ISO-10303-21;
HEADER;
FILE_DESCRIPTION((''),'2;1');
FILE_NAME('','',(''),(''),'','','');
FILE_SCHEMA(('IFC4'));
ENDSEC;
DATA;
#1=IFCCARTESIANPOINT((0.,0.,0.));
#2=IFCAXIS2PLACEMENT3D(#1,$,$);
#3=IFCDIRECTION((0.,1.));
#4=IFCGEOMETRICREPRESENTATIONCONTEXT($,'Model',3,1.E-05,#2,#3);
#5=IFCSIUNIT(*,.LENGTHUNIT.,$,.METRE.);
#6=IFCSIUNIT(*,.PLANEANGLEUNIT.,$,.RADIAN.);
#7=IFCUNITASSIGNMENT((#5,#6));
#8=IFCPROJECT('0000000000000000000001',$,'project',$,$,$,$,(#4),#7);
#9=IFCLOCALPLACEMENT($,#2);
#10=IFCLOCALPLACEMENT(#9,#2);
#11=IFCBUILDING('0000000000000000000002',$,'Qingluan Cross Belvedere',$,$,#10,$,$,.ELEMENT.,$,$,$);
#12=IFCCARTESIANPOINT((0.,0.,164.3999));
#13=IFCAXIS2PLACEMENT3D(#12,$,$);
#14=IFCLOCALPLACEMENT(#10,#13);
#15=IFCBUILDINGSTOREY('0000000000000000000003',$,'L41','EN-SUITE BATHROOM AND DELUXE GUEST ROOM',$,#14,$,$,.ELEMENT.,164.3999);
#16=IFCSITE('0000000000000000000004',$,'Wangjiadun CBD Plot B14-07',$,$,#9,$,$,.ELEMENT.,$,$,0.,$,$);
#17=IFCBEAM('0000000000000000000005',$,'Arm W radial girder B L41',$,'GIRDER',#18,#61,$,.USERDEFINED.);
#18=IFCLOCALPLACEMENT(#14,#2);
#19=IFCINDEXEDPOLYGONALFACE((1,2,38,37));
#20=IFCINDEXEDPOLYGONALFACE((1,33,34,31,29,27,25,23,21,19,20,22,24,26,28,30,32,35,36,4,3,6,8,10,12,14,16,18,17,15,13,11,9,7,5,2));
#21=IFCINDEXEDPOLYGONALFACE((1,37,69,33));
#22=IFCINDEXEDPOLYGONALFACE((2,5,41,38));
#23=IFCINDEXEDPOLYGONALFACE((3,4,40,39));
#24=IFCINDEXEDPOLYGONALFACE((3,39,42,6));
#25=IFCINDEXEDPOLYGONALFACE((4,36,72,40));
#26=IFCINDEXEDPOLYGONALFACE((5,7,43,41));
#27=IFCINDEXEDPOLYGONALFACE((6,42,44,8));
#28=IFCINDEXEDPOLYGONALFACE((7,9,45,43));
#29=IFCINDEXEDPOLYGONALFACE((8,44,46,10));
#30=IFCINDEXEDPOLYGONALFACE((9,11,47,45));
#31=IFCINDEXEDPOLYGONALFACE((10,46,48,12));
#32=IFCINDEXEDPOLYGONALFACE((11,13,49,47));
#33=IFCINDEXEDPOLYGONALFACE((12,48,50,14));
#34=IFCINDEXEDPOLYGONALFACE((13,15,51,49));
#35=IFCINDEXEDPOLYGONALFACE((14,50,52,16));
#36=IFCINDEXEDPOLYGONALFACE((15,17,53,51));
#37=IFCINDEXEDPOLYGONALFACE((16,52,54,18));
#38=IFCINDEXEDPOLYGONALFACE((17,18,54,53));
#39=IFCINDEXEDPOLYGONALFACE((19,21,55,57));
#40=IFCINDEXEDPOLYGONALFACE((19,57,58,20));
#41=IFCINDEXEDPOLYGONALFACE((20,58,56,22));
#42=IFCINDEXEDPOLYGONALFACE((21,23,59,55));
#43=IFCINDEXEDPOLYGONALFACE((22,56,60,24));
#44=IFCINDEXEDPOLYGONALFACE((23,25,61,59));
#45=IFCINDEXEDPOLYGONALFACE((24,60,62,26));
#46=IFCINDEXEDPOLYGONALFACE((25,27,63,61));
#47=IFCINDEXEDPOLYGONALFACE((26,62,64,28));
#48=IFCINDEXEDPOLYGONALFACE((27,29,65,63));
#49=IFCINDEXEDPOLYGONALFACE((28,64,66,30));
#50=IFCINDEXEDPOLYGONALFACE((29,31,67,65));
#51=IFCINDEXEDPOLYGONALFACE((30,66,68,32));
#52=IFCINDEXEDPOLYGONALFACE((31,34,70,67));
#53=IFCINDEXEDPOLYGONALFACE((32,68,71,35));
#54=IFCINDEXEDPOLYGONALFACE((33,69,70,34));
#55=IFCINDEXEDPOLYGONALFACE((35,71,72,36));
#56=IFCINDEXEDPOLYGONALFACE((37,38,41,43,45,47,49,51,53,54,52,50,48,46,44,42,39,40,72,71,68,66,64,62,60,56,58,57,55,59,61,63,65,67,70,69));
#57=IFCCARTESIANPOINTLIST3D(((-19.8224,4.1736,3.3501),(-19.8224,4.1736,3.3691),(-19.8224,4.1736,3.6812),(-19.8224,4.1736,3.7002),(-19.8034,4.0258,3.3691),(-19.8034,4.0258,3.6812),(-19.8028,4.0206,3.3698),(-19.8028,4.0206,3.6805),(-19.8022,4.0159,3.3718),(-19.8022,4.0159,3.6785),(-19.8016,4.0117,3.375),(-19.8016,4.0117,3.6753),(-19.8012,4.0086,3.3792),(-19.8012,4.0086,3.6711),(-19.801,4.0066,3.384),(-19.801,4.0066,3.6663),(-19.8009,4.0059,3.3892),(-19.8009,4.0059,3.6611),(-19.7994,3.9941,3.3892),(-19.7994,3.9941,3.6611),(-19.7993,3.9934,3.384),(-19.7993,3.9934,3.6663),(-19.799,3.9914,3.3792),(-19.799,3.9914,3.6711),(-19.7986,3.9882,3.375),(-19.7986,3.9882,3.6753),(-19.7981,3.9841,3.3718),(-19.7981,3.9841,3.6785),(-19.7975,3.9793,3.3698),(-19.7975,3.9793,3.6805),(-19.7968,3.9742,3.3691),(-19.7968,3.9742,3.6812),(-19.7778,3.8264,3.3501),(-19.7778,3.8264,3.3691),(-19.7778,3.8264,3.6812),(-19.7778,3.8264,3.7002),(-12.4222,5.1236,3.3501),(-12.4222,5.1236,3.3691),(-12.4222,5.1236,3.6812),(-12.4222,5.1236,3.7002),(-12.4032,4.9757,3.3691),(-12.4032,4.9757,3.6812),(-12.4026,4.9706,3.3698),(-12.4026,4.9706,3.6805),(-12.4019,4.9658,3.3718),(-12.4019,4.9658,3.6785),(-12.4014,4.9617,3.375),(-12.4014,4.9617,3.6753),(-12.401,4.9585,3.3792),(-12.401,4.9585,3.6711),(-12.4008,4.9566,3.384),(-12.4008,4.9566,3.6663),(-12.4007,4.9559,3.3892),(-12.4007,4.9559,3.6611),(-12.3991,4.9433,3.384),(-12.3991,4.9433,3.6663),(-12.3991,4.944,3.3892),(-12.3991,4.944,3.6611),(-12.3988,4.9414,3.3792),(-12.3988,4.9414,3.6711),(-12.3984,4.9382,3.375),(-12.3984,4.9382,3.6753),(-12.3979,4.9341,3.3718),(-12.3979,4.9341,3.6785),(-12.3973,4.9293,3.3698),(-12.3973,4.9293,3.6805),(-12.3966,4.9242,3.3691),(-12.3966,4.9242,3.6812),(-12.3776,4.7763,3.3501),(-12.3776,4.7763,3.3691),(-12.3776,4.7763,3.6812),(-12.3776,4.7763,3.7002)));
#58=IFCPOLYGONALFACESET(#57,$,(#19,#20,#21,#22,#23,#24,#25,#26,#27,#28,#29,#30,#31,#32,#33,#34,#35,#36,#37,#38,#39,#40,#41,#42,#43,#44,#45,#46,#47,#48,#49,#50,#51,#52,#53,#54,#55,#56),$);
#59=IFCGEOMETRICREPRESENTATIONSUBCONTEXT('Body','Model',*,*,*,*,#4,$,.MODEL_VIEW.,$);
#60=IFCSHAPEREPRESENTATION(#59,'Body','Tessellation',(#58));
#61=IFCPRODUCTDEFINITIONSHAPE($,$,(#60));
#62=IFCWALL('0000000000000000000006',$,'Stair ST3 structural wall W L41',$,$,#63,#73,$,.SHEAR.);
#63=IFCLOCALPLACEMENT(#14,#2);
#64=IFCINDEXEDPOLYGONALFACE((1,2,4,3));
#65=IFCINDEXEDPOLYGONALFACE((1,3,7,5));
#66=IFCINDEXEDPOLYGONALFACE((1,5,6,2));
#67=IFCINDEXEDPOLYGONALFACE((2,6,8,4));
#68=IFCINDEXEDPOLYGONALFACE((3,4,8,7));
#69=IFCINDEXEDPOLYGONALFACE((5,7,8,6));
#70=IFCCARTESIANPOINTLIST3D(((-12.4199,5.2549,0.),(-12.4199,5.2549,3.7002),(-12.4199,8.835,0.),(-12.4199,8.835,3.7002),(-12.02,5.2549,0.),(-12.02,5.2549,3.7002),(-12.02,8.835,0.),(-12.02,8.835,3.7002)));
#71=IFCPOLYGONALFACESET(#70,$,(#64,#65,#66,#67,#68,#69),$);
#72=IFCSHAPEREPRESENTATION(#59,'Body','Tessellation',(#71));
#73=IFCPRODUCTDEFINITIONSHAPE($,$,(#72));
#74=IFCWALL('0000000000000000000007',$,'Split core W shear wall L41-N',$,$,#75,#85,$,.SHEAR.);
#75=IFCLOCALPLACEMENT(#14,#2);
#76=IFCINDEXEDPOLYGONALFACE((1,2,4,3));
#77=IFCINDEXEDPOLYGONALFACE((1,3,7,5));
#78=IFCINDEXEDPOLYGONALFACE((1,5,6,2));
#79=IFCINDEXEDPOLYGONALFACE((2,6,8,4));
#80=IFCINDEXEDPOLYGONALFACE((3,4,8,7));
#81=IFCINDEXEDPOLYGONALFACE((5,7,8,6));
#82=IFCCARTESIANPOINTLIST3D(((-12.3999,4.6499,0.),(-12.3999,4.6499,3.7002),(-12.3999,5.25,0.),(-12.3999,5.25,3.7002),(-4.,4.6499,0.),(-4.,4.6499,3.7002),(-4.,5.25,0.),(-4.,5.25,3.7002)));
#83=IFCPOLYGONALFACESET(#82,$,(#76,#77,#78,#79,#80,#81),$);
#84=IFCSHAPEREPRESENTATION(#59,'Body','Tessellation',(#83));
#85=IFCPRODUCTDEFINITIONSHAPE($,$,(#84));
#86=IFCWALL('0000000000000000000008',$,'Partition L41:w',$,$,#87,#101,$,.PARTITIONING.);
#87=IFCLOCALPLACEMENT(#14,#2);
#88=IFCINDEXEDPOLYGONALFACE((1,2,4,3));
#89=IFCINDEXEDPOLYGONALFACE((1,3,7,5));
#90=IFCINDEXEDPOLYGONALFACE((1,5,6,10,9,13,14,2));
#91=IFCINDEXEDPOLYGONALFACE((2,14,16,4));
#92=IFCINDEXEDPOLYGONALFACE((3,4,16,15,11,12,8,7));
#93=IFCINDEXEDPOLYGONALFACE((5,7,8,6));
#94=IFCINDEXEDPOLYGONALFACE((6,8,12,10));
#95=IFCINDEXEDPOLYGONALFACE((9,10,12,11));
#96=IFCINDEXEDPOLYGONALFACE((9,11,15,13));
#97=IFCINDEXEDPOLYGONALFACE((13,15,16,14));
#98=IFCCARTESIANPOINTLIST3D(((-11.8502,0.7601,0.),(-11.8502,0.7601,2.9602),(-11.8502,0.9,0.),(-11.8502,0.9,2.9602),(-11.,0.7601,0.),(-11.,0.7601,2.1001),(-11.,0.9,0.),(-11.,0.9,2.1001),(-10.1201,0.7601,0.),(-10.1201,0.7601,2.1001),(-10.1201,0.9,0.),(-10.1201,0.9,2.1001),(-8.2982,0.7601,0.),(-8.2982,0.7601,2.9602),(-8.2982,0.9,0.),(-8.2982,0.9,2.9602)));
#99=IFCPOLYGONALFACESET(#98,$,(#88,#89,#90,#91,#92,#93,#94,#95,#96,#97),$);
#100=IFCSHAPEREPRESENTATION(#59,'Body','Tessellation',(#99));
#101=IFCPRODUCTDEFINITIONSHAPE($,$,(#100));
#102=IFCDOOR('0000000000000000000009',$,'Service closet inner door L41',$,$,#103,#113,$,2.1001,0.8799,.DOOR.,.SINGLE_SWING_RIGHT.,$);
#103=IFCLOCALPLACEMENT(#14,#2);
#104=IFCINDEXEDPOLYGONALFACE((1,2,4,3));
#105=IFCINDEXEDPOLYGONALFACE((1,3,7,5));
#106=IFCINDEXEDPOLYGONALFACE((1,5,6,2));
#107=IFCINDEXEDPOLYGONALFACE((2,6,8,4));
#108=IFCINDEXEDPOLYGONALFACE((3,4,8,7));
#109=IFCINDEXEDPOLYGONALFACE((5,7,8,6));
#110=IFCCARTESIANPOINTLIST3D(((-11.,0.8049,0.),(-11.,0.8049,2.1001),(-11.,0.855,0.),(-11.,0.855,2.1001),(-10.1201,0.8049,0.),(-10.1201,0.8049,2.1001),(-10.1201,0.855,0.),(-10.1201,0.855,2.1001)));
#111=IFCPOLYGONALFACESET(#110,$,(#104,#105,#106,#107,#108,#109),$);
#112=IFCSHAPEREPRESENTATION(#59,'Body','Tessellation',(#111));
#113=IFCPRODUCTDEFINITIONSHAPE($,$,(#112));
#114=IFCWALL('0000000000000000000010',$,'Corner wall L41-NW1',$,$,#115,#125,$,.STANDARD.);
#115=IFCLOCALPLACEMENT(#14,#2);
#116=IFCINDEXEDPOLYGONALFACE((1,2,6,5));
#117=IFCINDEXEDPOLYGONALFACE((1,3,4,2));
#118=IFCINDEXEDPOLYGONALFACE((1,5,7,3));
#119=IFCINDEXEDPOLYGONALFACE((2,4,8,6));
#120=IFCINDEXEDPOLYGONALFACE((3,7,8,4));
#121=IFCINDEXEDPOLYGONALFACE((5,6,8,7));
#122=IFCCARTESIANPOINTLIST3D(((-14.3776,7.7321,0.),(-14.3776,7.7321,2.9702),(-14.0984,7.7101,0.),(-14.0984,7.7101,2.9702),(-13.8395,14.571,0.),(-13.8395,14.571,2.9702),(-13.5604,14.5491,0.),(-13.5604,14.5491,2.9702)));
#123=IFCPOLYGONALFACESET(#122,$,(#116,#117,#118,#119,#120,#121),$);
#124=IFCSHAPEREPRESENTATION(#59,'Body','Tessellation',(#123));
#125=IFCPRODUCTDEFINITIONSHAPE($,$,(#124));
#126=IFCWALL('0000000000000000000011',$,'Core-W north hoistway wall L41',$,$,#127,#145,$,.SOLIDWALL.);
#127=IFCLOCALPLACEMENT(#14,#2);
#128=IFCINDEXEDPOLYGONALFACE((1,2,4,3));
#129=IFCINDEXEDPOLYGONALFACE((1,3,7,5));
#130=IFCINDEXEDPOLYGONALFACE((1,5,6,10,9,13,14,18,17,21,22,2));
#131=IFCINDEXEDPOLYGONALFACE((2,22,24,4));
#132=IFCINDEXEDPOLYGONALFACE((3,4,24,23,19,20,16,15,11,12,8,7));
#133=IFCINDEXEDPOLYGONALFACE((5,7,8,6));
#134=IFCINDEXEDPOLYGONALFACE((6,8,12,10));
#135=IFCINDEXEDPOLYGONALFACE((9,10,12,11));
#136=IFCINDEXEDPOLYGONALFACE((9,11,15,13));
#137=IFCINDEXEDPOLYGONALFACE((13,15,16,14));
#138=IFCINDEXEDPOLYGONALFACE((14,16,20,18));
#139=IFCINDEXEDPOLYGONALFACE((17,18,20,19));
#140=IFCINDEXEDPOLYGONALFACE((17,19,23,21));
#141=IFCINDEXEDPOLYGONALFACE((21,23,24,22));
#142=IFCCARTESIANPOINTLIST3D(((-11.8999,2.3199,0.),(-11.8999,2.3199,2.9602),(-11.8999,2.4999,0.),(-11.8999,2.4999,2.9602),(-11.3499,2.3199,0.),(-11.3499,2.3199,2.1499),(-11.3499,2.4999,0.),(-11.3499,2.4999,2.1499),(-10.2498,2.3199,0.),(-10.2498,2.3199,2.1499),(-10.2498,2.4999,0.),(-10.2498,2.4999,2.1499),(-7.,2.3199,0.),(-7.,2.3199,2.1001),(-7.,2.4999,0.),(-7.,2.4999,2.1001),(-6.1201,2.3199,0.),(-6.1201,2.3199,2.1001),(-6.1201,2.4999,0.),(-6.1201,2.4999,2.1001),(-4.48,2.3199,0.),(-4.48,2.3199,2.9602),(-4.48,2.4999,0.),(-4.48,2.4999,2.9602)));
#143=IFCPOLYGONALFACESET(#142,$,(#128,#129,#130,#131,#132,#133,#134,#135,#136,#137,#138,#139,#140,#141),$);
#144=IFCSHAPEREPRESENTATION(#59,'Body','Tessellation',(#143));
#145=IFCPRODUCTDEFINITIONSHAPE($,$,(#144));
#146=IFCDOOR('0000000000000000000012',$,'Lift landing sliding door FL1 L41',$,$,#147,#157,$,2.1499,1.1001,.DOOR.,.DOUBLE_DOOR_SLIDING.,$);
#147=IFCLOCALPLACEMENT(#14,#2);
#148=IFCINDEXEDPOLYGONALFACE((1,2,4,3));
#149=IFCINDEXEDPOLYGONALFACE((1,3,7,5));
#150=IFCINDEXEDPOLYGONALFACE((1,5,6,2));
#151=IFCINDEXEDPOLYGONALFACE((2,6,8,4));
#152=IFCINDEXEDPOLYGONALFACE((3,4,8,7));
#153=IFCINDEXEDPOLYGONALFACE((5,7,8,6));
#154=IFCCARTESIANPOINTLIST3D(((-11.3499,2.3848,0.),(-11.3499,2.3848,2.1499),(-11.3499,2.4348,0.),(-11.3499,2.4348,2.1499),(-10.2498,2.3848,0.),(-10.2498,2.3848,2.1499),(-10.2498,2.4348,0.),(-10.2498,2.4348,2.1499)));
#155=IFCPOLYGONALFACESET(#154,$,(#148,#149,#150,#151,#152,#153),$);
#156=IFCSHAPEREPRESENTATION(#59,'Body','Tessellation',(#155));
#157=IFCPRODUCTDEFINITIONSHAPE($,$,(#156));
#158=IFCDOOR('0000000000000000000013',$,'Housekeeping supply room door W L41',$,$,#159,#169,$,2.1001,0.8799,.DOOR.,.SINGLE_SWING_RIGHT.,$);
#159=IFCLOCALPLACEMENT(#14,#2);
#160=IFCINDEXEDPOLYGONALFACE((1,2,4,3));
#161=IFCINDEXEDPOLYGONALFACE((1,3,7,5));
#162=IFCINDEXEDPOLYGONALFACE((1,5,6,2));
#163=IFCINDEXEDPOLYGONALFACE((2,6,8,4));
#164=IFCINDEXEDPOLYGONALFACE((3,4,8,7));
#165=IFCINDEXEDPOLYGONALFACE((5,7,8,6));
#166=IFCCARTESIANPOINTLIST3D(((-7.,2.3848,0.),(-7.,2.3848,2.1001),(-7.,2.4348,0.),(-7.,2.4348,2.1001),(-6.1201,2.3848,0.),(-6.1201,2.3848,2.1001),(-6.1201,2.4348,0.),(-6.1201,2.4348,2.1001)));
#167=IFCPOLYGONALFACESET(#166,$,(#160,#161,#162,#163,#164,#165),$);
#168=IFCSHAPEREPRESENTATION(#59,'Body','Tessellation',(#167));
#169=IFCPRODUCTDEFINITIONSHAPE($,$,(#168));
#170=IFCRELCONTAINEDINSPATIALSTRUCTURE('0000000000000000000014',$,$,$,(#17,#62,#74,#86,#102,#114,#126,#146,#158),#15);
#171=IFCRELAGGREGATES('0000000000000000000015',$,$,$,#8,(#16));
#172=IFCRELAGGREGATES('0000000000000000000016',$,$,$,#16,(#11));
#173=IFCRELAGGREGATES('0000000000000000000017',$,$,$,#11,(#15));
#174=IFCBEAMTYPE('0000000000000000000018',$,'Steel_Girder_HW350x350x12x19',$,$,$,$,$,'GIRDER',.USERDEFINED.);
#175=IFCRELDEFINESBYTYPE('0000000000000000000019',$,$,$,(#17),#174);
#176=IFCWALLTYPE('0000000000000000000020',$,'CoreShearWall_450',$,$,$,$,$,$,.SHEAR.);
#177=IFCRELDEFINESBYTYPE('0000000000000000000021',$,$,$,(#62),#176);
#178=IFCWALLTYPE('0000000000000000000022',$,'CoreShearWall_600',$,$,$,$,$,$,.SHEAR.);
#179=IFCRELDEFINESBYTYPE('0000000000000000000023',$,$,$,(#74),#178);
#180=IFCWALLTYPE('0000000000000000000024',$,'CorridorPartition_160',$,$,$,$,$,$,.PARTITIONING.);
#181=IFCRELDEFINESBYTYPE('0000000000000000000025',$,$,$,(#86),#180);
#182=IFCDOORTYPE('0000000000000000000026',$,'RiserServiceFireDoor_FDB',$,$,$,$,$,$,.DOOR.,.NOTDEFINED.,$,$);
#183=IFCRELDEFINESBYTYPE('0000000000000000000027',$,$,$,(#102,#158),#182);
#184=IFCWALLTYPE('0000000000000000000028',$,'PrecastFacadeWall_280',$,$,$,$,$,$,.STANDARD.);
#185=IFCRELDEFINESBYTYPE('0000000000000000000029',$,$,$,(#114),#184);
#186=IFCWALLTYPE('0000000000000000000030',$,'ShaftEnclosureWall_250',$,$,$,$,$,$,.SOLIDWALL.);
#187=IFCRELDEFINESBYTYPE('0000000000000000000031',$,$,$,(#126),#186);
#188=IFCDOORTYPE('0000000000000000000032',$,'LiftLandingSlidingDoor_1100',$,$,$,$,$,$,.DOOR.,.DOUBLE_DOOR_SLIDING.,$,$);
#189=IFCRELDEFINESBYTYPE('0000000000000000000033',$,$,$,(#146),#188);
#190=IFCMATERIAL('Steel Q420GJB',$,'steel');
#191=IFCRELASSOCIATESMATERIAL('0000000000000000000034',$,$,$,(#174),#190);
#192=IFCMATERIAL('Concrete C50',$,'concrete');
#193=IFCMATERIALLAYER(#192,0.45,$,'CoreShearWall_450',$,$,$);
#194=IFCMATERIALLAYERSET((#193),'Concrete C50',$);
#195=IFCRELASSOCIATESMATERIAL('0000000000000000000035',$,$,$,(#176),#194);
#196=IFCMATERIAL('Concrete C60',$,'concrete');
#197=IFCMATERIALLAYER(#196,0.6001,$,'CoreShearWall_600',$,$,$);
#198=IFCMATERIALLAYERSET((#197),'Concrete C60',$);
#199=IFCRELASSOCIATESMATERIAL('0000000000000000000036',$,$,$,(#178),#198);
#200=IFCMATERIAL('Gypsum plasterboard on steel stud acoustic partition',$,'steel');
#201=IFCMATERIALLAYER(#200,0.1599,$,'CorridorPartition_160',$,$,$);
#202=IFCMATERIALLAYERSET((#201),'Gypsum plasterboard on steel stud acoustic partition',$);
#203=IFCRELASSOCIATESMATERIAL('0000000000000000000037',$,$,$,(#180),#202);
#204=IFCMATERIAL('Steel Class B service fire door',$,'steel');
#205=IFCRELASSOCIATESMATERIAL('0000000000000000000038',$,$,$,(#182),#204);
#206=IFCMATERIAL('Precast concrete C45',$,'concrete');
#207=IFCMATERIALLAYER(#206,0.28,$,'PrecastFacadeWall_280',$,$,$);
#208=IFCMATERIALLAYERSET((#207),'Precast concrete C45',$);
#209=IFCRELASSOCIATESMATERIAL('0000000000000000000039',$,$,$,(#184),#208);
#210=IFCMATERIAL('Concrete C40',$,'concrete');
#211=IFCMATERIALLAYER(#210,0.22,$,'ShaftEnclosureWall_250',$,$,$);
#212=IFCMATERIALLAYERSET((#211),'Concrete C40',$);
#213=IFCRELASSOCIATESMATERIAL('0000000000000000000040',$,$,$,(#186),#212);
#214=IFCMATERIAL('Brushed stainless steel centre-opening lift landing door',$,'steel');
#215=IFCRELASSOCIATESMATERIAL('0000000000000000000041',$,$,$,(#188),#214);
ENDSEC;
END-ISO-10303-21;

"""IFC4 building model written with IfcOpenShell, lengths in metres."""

from ifc_helpers import new_model, si_unit, direction, frame, frame_2d, origin, origin_2d, place, context, subcontext, project, spatial, rectangle, i_section, extrude, material, layer, layer_set, material_profile, profile_set, type_object, element, fill, save


model = new_model("IFC4")

# Units and contexts
model_context = context("Model", 3, precision=1e-05, world=origin(), true_north=direction((0.0, 1.0)))
body_context = subcontext(model_context, "Body", "Model", "MODEL_VIEW")
ifc_project = project(units=[si_unit("LENGTHUNIT", "METRE"), si_unit("PLANEANGLEUNIT", "RADIAN")], contexts=[model_context])

# Site, building, storey
site_placement = place(None, origin())
site = spatial("IfcSite", under=ifc_project, at=site_placement, Name="Wangjiadun CBD Plot B14-07", CompositionType="ELEMENT", RefElevation=0.0)
building_placement = place(site_placement, origin())
building = spatial("IfcBuilding", under=site, at=building_placement, Name="Qingluan Cross Belvedere", CompositionType="ELEMENT")
storey_placement = place(building_placement, frame((0.0, 0.0, 164.3999)))
storey = spatial("IfcBuildingStorey", under=building, at=storey_placement, Name="L41", Description="EN-SUITE BATHROOM AND DELUXE GUEST ROOM", CompositionType="ELEMENT", Elevation=164.3999)

# Beam
ifc_material_1 = material(Name="Steel Q420GJB", Category="steel")
ifc_material_profile_1 = material_profile(ifc_material_1, i_section(OverallWidth=0.3501, OverallDepth=0.3501, WebThickness=0.012, FlangeThickness=0.019, FilletRadius=0.02, at=origin_2d()), Name="HW350x350x12x19")
ifc_profile_set_1 = profile_set([ifc_material_profile_1], Name="Steel Q420GJB")
beam_type_1 = type_object("IfcBeamType", Name="Steel_Girder_HW350x350x12x19", ElementType="GIRDER", PredefinedType="USERDEFINED", material=ifc_profile_set_1)
beam_1_placement = place(storey_placement, frame((-12.3999, 4.95, 3.5251), z_axis=(-0.991861, -0.127324, 0.0), x_axis=(0.127324, -0.991861, 0.0)))
element("IfcBeam", 1, at=beam_1_placement, inside=storey, type_object=beam_type_1, Name="Arm W radial girder B L41", ObjectType="GIRDER", PredefinedType="USERDEFINED", context=body_context, shape_type="SweptSolid", body=[
    extrude(i_section(OverallWidth=0.3501, OverallDepth=0.3501, WebThickness=0.012, FlangeThickness=0.019, FilletRadius=0.02, at=origin_2d()), origin(), (0.0, 0.0, 1.0), 7.4609),
])

# Wall
ifc_material_2 = material(Name="Concrete C50", Category="concrete")
ifc_layer_1 = layer(ifc_material_2, 0.45, Name="CoreShearWall_450")
ifc_layer_set_1 = layer_set([ifc_layer_1], Name="Concrete C50")
wall_type_1 = type_object("IfcWallType", Name="CoreShearWall_450", PredefinedType="SHEAR", material=ifc_layer_set_1)
wall_1_placement = place(storey_placement, frame((-12.22, 5.2549, 0.0), z_axis=(0.0, 0.0, 1.0), x_axis=(0.0, 1.0, 0.0)))
element("IfcWall", 2, at=wall_1_placement, inside=storey, type_object=wall_type_1, Name="Stair ST3 structural wall W L41", PredefinedType="SHEAR", context=body_context, shape_type="SweptSolid", body=[
    extrude(rectangle(XDim=3.5801, YDim=0.3999, at=frame_2d((1.79, 0.0))), origin(), (0.0, 0.0, 1.0), 3.7002),
])

# Wall
ifc_material_3 = material(Name="Concrete C60", Category="concrete")
ifc_layer_2 = layer(ifc_material_3, 0.6001, Name="CoreShearWall_600")
ifc_layer_set_2 = layer_set([ifc_layer_2], Name="Concrete C60")
wall_type_2 = type_object("IfcWallType", Name="CoreShearWall_600", PredefinedType="SHEAR", material=ifc_layer_set_2)
wall_2_placement = place(storey_placement, frame((-12.3999, 4.95, 0.0), z_axis=(0.0, 0.0, 1.0), x_axis=(1.0, 0.0, 0.0)))
element("IfcWall", 3, at=wall_2_placement, inside=storey, type_object=wall_type_2, Name="Split core W shear wall L41-N", PredefinedType="SHEAR", context=body_context, shape_type="SweptSolid", body=[
    extrude(rectangle(XDim=8.3999, YDim=0.6001, at=frame_2d((4.2, 0.0))), origin(), (0.0, 0.0, 1.0), 3.7002),
])

# Wall, opening, door
ifc_material_4 = material(Name="Gypsum plasterboard on steel stud acoustic partition", Category="steel")
ifc_layer_3 = layer(ifc_material_4, 0.1599, Name="CorridorPartition_160")
ifc_layer_set_3 = layer_set([ifc_layer_3], Name="Gypsum plasterboard on steel stud acoustic partition")
wall_type_3 = type_object("IfcWallType", Name="CorridorPartition_160", PredefinedType="PARTITIONING", material=ifc_layer_set_3)
wall_3_placement = place(storey_placement, frame((-11.8501, 0.8301, 0.0), z_axis=(0.0, 0.0, 1.0), x_axis=(1.0, 0.0, 0.0)))
wall_3 = element("IfcWall", 4, at=wall_3_placement, inside=storey, type_object=wall_type_3, Name="Partition L41:w", PredefinedType="PARTITIONING", context=body_context, shape_type="SweptSolid", body=[
    extrude(rectangle(XDim=3.552, YDim=0.1399, at=frame_2d((1.7759, 0.0))), origin(), (0.0, 0.0, 1.0), 2.9602),
])
opening_1_placement = place(wall_3_placement, frame((0.8501, 0.0, 0.0)))
opening_1 = element("IfcOpeningElement", 5, at=opening_1_placement, cuts=wall_3, PredefinedType="OPENING", context=body_context, shape_type="SweptSolid", body=[
    extrude(rectangle(XDim=0.8799, YDim=2.1001, at=frame_2d((0.4399, 1.05))), frame((0.0, 0.0798, 0.0), z_axis=(0.0, -1.0, 0.0), x_axis=(1.0, 0.0, 0.0)), (0.0, 0.0, 1.0), 0.1599),
])
ifc_material_5 = material(Name="Steel Class B service fire door", Category="steel")
door_type_1 = type_object("IfcDoorType", Name="RiserServiceFireDoor_FDB", OperationType="NOTDEFINED", PredefinedType="DOOR", material=ifc_material_5)
door_1_placement = place(opening_1_placement, origin())
door_1 = element("IfcDoor", 6, at=door_1_placement, inside=storey, type_object=door_type_1, Name="Service closet inner door L41", OperationType="SINGLE_SWING_RIGHT", OverallHeight=2.1001, OverallWidth=0.8799, PredefinedType="DOOR", context=body_context, shape_type="SweptSolid", body=[
    extrude(rectangle(XDim=0.8799, YDim=2.1001, at=frame_2d((0.4399, 1.05))), frame((0.0, 0.0249, 0.0), z_axis=(0.0, -1.0, 0.0), x_axis=(1.0, 0.0, 0.0)), (0.0, 0.0, 1.0), 0.05),
])
fill(opening_1, door_1)

# Wall
ifc_material_6 = material(Name="Precast concrete C45", Category="concrete")
ifc_layer_4 = layer(ifc_material_6, 0.28, Name="PrecastFacadeWall_280")
ifc_layer_set_4 = layer_set([ifc_layer_4], Name="Precast concrete C45")
wall_type_4 = type_object("IfcWallType", Name="PrecastFacadeWall_280", PredefinedType="STANDARD", material=ifc_layer_set_4)
wall_4_placement = place(storey_placement, frame((-14.238, 7.7209, 0.0), z_axis=(0.0, 0.0, 1.0), x_axis=(0.078438, 0.996919, 0.0)))
element("IfcWall", 7, at=wall_4_placement, inside=storey, type_object=wall_type_4, Name="Corner wall L41-NW1", PredefinedType="STANDARD", context=body_context, shape_type="SweptSolid", body=[
    extrude(rectangle(XDim=6.8601, YDim=0.28, at=frame_2d((3.4302, 0.0))), origin(), (0.0, 0.0, 1.0), 2.9702),
])

# Wall, openings, doors
ifc_material_7 = material(Name="Concrete C40", Category="concrete")
ifc_layer_5 = layer(ifc_material_7, 0.22, Name="ShaftEnclosureWall_250")
ifc_layer_set_5 = layer_set([ifc_layer_5], Name="Concrete C40")
wall_type_5 = type_object("IfcWallType", Name="ShaftEnclosureWall_250", PredefinedType="SOLIDWALL", material=ifc_layer_set_5)
wall_5_placement = place(storey_placement, frame((-11.8999, 2.4099, 0.0), z_axis=(0.0, 0.0, 1.0), x_axis=(1.0, 0.0, 0.0)))
wall_5 = element("IfcWall", 8, at=wall_5_placement, inside=storey, type_object=wall_type_5, Name="Core-W north hoistway wall L41", PredefinedType="SOLIDWALL", context=body_context, shape_type="SweptSolid", body=[
    extrude(rectangle(XDim=7.4199, YDim=0.1799, at=frame_2d((3.71, 0.0))), origin(), (0.0, 0.0, 1.0), 2.9602),
])
opening_2_placement = place(wall_5_placement, frame((0.55, 0.0, 0.0)))
opening_2 = element("IfcOpeningElement", 9, at=opening_2_placement, cuts=wall_5, PredefinedType="OPENING", context=body_context, shape_type="SweptSolid", body=[
    extrude(rectangle(XDim=1.1001, YDim=2.1499, at=frame_2d((0.55, 1.075))), frame((0.0, 0.0999, 0.0), z_axis=(0.0, -1.0, 0.0), x_axis=(1.0, 0.0, 0.0)), (0.0, 0.0, 1.0), 0.2),
])
opening_3_placement = place(wall_5_placement, frame((4.8999, 0.0, 0.0)))
opening_3 = element("IfcOpeningElement", 10, at=opening_3_placement, cuts=wall_5, PredefinedType="OPENING", context=body_context, shape_type="SweptSolid", body=[
    extrude(rectangle(XDim=0.8799, YDim=2.1001, at=frame_2d((0.4399, 1.05))), frame((0.0, 0.0999, 0.0), z_axis=(0.0, -1.0, 0.0), x_axis=(1.0, 0.0, 0.0)), (0.0, 0.0, 1.0), 0.2),
])
ifc_material_8 = material(Name="Brushed stainless steel centre-opening lift landing door", Category="steel")
door_type_2 = type_object("IfcDoorType", Name="LiftLandingSlidingDoor_1100", OperationType="DOUBLE_DOOR_SLIDING", PredefinedType="DOOR", material=ifc_material_8)
door_2_placement = place(opening_2_placement, origin())
door_2 = element("IfcDoor", 11, at=door_2_placement, inside=storey, type_object=door_type_2, Name="Lift landing sliding door FL1 L41", OperationType="DOUBLE_DOOR_SLIDING", OverallHeight=2.1499, OverallWidth=1.1001, PredefinedType="DOOR", context=body_context, shape_type="SweptSolid", body=[
    extrude(rectangle(XDim=1.1001, YDim=2.1499, at=frame_2d((0.55, 1.075))), frame((0.0, 0.0249, 0.0), z_axis=(0.0, -1.0, 0.0), x_axis=(1.0, 0.0, 0.0)), (0.0, 0.0, 1.0), 0.05),
])
fill(opening_2, door_2)
door_3_placement = place(opening_3_placement, origin())
door_3 = element("IfcDoor", 12, at=door_3_placement, inside=storey, type_object=door_type_1, Name="Housekeeping supply room door W L41", OperationType="SINGLE_SWING_RIGHT", OverallHeight=2.1001, OverallWidth=0.8799, PredefinedType="DOOR", context=body_context, shape_type="SweptSolid", body=[
    extrude(rectangle(XDim=0.8799, YDim=2.1001, at=frame_2d((0.4399, 1.05))), frame((0.0, 0.0249, 0.0), z_axis=(0.0, -1.0, 0.0), x_axis=(1.0, 0.0, 0.0)), (0.0, 0.0, 1.0), 0.05),
])
fill(opening_3, door_3)

save(model, "model.ifc")
